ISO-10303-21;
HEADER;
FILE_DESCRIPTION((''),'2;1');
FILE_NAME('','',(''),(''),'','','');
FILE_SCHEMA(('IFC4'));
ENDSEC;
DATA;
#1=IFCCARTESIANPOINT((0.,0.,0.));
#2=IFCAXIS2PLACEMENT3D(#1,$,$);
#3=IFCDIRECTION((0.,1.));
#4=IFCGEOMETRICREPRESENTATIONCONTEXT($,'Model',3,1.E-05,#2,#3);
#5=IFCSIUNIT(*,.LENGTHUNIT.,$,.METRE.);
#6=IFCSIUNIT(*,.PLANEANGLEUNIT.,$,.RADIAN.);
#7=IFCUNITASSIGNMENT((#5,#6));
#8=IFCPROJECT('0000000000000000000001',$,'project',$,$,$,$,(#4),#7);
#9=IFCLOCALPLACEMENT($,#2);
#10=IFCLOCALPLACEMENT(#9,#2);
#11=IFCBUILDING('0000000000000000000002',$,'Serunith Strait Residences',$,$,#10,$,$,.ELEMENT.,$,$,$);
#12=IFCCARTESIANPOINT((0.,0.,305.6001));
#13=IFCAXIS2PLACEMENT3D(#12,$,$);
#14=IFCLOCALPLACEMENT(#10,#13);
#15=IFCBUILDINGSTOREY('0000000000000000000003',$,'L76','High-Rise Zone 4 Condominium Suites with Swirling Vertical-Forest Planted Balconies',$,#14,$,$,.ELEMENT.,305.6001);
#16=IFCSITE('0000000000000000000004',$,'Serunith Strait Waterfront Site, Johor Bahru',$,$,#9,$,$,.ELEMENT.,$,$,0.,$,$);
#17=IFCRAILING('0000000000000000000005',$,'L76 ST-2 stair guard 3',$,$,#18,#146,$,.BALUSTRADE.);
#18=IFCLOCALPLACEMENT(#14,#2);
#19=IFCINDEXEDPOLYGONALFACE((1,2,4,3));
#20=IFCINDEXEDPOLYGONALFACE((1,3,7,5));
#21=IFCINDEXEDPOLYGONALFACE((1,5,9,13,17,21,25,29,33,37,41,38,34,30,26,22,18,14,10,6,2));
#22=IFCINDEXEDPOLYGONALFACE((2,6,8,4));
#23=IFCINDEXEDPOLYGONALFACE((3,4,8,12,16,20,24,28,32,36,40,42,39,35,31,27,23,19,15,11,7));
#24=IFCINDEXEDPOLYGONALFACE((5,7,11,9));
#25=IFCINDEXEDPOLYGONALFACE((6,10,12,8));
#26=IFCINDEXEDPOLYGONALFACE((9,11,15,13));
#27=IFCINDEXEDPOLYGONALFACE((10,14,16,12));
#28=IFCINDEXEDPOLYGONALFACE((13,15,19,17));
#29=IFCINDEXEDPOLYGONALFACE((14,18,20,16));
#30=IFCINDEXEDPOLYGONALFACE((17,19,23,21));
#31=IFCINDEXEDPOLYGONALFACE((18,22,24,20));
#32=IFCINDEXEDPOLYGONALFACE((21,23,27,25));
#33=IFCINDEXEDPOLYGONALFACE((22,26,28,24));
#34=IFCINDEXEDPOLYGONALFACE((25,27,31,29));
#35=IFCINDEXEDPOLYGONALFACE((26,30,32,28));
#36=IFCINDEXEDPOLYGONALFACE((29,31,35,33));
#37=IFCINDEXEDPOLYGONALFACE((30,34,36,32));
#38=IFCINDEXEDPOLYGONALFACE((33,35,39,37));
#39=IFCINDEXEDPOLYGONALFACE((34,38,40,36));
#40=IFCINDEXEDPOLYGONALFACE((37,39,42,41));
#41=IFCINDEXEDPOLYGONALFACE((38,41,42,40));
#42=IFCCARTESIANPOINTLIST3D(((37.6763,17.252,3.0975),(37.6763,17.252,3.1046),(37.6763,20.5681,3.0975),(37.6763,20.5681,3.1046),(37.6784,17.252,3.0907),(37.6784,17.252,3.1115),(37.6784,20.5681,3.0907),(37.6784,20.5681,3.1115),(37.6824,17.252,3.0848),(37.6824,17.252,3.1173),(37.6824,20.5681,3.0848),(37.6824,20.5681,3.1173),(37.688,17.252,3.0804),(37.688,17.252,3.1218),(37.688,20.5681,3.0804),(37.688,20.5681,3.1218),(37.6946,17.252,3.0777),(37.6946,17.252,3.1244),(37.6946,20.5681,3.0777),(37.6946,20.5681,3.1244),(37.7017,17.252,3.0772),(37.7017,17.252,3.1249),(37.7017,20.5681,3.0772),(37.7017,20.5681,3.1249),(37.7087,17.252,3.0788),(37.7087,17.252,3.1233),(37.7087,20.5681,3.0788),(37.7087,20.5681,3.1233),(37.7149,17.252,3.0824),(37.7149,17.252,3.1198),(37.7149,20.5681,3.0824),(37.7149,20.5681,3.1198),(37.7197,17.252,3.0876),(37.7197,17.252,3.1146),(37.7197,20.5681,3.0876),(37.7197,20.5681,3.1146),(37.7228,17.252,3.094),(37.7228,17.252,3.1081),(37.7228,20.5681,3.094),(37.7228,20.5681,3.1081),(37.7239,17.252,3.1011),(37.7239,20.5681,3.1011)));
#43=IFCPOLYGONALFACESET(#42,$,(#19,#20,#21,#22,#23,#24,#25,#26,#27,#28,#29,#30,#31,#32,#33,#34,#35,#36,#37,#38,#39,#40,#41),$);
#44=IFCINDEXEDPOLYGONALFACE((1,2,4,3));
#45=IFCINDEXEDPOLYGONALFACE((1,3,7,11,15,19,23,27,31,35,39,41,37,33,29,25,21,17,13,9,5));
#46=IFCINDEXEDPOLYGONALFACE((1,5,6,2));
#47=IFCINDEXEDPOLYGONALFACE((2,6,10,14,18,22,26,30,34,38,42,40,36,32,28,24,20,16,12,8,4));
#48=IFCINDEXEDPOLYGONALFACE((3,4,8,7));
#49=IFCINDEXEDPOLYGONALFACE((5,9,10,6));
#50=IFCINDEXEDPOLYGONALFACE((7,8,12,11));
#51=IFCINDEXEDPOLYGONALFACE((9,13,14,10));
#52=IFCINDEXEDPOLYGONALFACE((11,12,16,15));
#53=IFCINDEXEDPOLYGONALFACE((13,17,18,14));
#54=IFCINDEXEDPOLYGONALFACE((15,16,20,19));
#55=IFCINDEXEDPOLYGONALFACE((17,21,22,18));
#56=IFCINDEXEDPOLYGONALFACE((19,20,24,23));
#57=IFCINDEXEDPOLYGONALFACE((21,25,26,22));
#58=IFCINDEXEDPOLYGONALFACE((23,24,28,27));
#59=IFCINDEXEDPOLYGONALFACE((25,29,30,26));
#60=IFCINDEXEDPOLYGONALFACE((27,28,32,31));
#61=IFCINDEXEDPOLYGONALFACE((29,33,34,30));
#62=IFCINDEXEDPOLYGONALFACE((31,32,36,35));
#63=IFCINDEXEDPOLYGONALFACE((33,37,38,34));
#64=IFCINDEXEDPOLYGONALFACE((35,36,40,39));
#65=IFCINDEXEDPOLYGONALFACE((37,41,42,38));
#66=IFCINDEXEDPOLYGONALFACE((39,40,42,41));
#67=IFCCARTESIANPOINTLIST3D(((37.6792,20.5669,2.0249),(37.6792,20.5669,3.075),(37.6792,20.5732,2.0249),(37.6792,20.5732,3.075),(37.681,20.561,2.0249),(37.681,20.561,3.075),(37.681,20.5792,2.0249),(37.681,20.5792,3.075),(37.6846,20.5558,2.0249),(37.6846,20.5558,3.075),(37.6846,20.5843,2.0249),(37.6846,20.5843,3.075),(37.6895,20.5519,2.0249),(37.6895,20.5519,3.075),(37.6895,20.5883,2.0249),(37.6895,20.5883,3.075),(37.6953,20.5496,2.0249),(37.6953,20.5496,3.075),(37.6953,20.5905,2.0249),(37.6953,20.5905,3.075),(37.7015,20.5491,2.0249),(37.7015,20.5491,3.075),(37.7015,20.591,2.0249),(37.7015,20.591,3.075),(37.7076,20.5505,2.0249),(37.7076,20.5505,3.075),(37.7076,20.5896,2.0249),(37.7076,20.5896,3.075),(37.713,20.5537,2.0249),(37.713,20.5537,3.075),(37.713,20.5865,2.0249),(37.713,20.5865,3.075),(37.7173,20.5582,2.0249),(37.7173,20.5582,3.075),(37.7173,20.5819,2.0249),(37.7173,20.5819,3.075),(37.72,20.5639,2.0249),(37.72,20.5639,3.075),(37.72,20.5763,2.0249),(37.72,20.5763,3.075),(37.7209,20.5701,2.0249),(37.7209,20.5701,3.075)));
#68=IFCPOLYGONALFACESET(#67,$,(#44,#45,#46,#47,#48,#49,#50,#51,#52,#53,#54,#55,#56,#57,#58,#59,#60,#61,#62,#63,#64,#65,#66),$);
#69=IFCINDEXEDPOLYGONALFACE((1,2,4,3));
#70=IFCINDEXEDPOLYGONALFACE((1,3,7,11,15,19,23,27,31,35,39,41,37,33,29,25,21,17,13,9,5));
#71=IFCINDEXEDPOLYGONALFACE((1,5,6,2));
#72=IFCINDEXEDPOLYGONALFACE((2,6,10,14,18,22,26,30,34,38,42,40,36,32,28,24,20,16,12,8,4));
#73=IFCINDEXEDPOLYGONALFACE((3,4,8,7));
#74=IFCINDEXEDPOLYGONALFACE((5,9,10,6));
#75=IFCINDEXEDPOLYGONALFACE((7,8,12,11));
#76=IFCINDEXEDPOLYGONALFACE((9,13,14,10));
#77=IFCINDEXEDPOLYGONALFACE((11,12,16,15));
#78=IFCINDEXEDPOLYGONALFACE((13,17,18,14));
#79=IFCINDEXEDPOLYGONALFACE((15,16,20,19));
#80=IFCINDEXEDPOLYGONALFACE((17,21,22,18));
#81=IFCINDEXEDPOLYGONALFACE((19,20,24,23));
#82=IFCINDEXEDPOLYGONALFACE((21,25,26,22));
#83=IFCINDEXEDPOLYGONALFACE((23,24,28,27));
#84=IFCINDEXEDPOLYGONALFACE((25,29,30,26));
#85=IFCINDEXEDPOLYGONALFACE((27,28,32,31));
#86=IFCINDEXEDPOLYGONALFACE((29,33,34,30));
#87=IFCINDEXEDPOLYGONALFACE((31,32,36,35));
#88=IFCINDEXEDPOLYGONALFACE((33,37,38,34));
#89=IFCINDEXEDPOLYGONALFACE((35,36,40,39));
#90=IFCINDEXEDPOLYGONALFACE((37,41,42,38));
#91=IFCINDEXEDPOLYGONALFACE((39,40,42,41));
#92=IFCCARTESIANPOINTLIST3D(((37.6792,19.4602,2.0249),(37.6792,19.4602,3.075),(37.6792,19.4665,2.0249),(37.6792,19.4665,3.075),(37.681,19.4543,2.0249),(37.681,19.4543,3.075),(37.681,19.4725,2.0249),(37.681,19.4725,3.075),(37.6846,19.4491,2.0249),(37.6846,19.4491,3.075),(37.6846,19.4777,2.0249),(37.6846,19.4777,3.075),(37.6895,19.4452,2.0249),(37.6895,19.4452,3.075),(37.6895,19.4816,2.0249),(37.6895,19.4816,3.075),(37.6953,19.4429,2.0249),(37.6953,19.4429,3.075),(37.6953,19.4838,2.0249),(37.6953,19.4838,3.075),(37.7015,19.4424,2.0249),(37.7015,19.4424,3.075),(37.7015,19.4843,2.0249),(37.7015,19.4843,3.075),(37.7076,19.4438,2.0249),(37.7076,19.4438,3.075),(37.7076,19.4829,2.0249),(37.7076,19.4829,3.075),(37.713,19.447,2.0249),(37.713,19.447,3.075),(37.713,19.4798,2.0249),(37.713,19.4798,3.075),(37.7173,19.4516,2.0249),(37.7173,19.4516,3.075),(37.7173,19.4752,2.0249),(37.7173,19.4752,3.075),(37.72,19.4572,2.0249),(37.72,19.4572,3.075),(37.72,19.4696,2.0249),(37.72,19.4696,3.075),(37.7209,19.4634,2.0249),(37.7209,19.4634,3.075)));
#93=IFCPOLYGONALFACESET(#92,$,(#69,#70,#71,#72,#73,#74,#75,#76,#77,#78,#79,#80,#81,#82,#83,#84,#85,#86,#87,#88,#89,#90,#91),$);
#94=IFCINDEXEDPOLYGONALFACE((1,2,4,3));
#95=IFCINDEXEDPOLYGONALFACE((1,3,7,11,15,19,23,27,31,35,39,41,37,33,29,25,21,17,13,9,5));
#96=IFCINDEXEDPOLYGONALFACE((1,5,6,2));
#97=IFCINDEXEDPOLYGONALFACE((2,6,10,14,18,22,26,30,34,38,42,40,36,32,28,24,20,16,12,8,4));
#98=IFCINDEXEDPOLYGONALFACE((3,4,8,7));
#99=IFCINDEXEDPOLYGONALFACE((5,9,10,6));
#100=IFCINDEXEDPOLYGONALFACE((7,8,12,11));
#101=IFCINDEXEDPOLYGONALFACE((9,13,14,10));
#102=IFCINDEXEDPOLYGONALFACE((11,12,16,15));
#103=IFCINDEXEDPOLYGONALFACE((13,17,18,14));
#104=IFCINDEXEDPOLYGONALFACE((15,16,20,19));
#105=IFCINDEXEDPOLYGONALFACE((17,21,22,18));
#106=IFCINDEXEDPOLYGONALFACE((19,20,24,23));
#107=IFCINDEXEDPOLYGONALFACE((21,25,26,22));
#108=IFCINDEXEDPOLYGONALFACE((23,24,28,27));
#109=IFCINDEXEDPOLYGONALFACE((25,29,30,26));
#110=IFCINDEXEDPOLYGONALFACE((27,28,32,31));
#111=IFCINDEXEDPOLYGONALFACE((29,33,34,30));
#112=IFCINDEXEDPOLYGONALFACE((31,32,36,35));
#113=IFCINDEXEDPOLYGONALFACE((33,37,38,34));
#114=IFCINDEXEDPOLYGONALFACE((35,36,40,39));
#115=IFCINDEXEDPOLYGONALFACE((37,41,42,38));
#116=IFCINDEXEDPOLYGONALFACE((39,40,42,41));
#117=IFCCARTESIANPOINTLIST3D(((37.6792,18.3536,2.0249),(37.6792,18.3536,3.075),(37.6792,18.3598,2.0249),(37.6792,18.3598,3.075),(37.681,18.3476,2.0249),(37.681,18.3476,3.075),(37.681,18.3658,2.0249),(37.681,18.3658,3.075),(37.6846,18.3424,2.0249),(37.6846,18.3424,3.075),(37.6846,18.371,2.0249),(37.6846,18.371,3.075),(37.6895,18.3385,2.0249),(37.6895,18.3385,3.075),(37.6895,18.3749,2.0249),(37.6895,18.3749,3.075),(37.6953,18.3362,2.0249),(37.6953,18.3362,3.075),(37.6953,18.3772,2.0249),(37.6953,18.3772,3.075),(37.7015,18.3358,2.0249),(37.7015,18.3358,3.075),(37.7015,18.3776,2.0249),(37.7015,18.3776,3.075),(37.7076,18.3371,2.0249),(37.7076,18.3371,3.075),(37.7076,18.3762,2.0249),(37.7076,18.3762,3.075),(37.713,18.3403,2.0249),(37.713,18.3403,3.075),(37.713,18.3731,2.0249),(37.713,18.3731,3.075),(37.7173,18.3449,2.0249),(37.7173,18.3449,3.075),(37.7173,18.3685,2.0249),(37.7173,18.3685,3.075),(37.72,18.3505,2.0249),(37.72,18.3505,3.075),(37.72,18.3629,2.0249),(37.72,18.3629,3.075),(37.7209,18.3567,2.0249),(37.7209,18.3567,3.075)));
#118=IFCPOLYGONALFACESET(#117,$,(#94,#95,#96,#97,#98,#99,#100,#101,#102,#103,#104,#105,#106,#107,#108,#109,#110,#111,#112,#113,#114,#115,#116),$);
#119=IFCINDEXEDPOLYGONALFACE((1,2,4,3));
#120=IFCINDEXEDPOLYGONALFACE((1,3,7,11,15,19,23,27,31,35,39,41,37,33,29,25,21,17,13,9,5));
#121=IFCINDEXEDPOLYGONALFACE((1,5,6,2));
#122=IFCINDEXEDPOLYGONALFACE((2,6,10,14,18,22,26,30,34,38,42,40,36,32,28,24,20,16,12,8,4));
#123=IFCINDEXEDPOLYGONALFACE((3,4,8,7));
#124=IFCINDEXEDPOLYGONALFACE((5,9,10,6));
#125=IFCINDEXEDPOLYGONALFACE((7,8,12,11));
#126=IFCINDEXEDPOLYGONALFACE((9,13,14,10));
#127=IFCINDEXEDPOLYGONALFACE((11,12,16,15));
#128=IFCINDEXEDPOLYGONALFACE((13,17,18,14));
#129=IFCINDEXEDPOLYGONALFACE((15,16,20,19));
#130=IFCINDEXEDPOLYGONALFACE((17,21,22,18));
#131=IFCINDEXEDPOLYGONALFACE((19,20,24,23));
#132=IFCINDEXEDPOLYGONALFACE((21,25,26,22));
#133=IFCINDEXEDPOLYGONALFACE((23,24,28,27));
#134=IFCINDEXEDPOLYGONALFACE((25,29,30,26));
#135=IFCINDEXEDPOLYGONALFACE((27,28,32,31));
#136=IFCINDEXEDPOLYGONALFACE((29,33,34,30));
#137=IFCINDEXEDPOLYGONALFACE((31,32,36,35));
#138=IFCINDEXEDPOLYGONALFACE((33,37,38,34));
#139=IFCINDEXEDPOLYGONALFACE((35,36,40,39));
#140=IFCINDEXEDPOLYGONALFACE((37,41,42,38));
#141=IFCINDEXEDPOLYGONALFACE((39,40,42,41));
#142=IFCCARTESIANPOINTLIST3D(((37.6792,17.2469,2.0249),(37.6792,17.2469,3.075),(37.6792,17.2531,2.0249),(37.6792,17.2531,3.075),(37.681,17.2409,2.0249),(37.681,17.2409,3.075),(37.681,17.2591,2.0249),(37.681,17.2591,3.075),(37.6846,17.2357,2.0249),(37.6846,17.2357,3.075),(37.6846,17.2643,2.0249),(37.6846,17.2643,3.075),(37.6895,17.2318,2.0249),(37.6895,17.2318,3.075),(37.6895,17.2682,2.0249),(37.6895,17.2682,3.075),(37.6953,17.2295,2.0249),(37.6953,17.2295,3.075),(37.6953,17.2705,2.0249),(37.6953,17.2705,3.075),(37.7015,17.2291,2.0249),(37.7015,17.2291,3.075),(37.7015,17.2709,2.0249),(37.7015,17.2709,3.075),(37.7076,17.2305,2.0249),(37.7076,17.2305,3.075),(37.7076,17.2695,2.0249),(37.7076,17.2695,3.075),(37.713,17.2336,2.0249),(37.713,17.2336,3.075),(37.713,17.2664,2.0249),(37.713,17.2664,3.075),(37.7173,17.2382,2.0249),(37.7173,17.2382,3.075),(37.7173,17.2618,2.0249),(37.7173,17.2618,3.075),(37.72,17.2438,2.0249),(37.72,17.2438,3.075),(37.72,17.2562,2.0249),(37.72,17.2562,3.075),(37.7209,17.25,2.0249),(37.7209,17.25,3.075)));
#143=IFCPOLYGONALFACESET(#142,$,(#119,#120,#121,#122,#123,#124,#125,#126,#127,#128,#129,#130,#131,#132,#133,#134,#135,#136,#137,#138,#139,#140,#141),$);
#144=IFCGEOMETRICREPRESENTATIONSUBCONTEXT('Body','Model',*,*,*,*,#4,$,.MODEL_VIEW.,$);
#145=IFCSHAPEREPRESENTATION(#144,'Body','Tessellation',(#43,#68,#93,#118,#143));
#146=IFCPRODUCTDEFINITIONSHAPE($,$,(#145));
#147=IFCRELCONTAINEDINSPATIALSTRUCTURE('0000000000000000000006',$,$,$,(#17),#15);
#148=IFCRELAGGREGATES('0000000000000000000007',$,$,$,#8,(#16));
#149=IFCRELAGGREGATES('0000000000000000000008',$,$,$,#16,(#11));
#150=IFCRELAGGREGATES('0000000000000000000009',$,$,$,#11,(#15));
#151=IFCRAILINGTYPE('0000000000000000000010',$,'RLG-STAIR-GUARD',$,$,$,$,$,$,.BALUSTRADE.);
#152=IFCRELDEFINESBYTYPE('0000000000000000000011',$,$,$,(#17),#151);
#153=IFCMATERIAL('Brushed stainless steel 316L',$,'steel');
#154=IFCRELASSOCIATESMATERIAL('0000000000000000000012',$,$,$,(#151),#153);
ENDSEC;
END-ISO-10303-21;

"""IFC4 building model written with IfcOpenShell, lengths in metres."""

from ifc_helpers import new_model, si_unit, direction, frame, origin, origin_2d, place, context, subcontext, project, spatial, circle, extrude, material, type_object, element, save


model = new_model("IFC4")

# Units and contexts
model_context = context("Model", 3, precision=1e-05, world=origin(), true_north=direction((0.0, 1.0)))
body_context = subcontext(model_context, "Body", "Model", "MODEL_VIEW")
ifc_project = project(units=[si_unit("LENGTHUNIT", "METRE"), si_unit("PLANEANGLEUNIT", "RADIAN")], contexts=[model_context])

# Site, building, storey
site_placement = place(None, origin())
site = spatial("IfcSite", under=ifc_project, at=site_placement, Name="Serunith Strait Waterfront Site, Johor Bahru", CompositionType="ELEMENT", RefElevation=0.0)
building_placement = place(site_placement, origin())
building = spatial("IfcBuilding", under=site, at=building_placement, Name="Serunith Strait Residences", CompositionType="ELEMENT")
storey_placement = place(building_placement, frame((0.0, 0.0, 305.6001)))
storey = spatial("IfcBuildingStorey", under=building, at=storey_placement, Name="L76", Description="High-Rise Zone 4 Condominium Suites with Swirling Vertical-Forest Planted Balconies", CompositionType="ELEMENT", Elevation=305.6001)

# Railing
ifc_material_1 = material(Name="Brushed stainless steel 316L", Category="steel")
railing_type_1 = type_object("IfcRailingType", Name="RLG-STAIR-GUARD", PredefinedType="BALUSTRADE", material=ifc_material_1)
for number, where, name in (
    (1, (37.7, 20.5701, 2.0249), "L76 ST-2 stair guard 3"),
):
    element("IfcRailing", number, at=place(storey_placement, frame(where)), inside=storey, type_object=railing_type_1, Name=name, PredefinedType="BALUSTRADE", context=body_context, shape_type="SweptSolid", body=[
        extrude(circle(Radius=0.0239, at=origin_2d()), frame((0.0, -0.002, 1.0762), z_axis=(0.0, -1.0, 0.0), x_axis=(1.0, 0.0, 0.0)), (0.0, 0.0, 1.0), 3.3162),
        extrude(circle(Radius=0.021, at=origin_2d()), origin(), (0.0, 0.0, 1.0), 1.05),
        extrude(circle(Radius=0.021, at=origin_2d()), frame((0.0, -1.1067, 0.0)), (0.0, 0.0, 1.0), 1.05),
        extrude(circle(Radius=0.021, at=origin_2d()), frame((0.0, -2.2134, 0.0)), (0.0, 0.0, 1.0), 1.05),
        extrude(circle(Radius=0.021, at=origin_2d()), frame((0.0, -3.3201, 0.0)), (0.0, 0.0, 1.0), 1.05),
    ])

save(model, "model.ifc")
